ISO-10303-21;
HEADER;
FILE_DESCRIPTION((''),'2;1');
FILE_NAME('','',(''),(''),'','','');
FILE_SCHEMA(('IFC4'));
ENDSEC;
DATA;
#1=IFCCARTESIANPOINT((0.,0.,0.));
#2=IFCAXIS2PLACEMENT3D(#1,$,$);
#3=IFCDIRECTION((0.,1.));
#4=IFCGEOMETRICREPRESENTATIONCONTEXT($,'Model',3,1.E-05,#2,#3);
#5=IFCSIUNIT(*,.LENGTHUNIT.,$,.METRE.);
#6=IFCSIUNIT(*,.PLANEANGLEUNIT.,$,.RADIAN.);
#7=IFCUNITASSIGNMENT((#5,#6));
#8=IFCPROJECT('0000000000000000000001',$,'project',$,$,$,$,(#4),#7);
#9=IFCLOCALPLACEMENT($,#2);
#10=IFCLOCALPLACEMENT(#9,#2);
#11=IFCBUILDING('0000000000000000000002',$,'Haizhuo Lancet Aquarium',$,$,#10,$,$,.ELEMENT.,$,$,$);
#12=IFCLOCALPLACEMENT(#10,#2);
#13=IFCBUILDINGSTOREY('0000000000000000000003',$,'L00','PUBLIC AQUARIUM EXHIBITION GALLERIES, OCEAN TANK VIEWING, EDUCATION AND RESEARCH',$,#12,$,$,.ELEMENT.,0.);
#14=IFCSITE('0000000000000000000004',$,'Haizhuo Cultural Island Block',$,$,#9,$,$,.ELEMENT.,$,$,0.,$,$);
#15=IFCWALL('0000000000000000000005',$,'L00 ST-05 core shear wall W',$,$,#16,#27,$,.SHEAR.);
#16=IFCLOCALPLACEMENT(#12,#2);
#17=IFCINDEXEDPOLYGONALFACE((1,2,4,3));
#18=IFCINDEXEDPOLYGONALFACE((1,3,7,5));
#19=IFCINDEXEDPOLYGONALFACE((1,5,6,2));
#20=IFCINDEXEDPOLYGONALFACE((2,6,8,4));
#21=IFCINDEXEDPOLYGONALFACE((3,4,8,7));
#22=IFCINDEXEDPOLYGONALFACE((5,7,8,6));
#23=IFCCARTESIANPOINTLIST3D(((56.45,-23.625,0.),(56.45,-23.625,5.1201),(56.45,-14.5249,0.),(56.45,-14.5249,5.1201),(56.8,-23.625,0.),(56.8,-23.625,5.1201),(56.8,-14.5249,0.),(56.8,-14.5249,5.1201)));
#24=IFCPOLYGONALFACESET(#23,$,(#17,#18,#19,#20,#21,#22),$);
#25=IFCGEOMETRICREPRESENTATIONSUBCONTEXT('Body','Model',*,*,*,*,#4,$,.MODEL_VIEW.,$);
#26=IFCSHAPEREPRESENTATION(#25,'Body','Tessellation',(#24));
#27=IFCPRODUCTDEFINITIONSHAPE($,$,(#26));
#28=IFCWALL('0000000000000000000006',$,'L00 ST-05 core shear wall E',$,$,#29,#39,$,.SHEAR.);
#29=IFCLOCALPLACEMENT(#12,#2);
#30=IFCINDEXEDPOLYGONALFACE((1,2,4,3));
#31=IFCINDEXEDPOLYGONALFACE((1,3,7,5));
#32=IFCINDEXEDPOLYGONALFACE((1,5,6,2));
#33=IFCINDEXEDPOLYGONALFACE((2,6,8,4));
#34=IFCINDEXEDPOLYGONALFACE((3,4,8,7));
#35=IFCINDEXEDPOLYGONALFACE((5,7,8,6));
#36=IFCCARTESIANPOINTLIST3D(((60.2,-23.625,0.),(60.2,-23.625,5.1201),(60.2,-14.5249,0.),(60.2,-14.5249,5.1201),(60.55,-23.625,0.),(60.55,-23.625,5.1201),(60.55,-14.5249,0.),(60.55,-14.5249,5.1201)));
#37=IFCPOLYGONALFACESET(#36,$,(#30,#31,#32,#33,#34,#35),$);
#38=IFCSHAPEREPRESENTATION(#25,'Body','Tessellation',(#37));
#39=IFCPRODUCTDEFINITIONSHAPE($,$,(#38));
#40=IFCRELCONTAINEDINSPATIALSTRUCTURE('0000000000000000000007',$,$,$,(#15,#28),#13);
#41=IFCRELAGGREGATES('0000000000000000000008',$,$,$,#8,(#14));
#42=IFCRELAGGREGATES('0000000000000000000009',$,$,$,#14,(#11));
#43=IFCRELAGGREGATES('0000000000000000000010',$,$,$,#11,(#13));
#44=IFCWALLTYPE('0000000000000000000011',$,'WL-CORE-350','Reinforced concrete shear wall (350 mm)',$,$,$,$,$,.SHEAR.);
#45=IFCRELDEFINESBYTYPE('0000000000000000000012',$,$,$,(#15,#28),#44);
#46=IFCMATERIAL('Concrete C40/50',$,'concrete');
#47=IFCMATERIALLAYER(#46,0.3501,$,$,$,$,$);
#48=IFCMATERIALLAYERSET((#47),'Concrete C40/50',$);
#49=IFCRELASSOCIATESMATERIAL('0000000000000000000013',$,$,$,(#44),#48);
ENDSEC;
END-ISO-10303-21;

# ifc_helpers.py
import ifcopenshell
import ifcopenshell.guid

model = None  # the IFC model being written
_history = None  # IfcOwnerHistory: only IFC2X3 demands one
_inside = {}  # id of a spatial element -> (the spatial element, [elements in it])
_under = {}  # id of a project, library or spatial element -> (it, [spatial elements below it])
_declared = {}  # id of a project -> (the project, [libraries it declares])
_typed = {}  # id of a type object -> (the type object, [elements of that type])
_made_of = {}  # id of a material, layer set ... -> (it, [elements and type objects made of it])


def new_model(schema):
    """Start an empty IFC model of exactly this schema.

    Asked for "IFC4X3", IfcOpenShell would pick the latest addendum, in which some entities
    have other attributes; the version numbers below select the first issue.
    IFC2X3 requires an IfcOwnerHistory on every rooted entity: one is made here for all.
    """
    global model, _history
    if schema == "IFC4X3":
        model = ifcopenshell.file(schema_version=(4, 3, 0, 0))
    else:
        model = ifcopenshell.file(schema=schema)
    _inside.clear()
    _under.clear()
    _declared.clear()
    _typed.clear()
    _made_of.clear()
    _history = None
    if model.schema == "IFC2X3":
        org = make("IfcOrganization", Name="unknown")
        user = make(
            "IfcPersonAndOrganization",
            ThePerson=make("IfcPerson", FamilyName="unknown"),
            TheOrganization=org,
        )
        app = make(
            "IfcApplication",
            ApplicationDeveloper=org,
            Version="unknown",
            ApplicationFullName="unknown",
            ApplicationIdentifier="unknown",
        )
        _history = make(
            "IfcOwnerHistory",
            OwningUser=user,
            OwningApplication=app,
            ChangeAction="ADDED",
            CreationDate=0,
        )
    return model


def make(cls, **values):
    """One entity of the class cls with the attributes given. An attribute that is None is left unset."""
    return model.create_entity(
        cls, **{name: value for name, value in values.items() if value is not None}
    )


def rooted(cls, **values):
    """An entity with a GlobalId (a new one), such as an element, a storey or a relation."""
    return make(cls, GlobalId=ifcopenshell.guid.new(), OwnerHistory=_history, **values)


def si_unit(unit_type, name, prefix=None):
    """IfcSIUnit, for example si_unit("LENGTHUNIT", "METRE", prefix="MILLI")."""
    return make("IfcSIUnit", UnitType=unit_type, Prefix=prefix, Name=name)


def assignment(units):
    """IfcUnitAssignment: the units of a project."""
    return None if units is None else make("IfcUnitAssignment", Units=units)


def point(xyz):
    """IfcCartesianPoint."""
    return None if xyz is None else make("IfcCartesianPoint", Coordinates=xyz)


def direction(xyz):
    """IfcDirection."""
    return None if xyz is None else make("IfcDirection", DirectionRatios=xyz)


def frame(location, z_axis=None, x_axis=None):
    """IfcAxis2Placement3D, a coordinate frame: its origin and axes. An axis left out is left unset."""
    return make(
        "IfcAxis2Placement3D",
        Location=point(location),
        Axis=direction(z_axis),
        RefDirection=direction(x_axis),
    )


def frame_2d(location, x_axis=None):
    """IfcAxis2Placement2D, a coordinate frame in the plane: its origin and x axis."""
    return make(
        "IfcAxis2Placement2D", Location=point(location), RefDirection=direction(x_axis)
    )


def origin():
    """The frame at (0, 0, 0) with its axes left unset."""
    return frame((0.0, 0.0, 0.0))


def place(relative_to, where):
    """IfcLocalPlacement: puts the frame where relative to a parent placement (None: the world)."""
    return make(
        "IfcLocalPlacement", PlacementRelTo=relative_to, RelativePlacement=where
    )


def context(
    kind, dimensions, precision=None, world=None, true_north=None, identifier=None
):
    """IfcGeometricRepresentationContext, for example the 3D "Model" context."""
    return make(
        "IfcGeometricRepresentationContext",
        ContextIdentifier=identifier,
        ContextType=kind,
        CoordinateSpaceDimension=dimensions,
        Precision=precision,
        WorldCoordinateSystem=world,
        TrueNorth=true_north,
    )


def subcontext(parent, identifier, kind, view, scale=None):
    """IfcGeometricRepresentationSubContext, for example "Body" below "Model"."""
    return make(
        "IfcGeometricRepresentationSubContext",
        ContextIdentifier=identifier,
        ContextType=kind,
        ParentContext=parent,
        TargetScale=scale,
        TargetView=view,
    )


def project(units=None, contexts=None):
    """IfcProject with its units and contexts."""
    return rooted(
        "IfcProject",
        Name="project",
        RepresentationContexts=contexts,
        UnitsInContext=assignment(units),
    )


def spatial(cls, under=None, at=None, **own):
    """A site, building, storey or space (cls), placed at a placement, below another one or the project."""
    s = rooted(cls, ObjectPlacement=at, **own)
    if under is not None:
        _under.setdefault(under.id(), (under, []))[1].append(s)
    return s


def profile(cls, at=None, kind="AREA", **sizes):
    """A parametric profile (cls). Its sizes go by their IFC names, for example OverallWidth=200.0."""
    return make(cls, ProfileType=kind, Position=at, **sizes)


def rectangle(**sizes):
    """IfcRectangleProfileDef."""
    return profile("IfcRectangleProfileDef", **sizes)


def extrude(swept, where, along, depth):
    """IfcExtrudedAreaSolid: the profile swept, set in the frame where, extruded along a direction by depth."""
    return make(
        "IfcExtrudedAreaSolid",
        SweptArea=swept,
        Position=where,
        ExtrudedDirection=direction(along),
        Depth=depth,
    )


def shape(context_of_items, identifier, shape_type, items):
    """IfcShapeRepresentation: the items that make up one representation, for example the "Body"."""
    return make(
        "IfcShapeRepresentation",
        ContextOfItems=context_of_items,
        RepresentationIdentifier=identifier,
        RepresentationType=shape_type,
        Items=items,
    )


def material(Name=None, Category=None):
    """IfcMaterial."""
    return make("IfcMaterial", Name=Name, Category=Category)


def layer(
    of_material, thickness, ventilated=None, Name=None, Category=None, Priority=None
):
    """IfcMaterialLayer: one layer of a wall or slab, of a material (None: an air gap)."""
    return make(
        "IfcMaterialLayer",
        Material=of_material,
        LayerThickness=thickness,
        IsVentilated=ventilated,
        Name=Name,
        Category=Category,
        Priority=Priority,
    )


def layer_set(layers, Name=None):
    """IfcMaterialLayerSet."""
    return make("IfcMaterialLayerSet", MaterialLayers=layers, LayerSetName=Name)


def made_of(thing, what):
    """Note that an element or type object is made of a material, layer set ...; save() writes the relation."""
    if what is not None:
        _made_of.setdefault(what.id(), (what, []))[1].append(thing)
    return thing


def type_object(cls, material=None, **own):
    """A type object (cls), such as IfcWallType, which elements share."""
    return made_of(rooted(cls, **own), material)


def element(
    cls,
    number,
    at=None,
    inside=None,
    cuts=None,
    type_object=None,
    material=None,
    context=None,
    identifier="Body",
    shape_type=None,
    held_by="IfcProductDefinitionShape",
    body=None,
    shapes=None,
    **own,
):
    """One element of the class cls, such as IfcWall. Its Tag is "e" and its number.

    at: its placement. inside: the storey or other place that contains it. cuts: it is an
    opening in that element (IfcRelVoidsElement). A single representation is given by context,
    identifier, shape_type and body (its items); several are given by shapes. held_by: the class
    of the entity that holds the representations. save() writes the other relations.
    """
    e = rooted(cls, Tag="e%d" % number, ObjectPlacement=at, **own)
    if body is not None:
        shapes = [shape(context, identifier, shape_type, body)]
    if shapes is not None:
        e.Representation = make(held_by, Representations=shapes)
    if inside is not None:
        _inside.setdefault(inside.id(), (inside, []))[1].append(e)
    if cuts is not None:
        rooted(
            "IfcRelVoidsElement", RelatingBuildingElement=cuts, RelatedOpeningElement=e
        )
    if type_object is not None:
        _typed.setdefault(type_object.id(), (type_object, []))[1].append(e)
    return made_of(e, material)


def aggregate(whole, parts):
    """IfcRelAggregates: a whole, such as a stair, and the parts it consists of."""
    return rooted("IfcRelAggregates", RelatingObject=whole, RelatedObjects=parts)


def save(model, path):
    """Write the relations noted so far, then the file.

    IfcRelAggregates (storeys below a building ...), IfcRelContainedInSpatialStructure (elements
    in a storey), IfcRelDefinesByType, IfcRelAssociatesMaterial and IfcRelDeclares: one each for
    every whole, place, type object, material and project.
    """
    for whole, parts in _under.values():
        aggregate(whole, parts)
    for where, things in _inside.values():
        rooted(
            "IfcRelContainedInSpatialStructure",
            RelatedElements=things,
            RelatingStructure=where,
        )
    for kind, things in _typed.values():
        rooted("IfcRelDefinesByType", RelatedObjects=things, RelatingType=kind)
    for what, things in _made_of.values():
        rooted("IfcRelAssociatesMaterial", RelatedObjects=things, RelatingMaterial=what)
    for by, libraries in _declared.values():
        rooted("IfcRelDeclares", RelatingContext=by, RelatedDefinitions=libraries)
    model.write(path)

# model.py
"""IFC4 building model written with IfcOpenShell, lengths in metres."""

from ifc_helpers import new_model, si_unit, direction, frame, frame_2d, origin, place, context, subcontext, project, spatial, rectangle, extrude, material, layer, layer_set, type_object, element, save


model = new_model("IFC4")

# Units and contexts
model_context = context("Model", 3, precision=1e-05, world=origin(), true_north=direction((0.0, 1.0)))
body_context = subcontext(model_context, "Body", "Model", "MODEL_VIEW")
ifc_project = project(units=[si_unit("LENGTHUNIT", "METRE"), si_unit("PLANEANGLEUNIT", "RADIAN")], contexts=[model_context])

# Site, building, storey
site_placement = place(None, origin())
site = spatial("IfcSite", under=ifc_project, at=site_placement, Name="Haizhuo Cultural Island Block", CompositionType="ELEMENT", RefElevation=0.0)
building_placement = place(site_placement, origin())
building = spatial("IfcBuilding", under=site, at=building_placement, Name="Haizhuo Lancet Aquarium", CompositionType="ELEMENT")
storey_placement = place(building_placement, origin())
storey = spatial("IfcBuildingStorey", under=building, at=storey_placement, Name="L00", Description="PUBLIC AQUARIUM EXHIBITION GALLERIES, OCEAN TANK VIEWING, EDUCATION AND RESEARCH", CompositionType="ELEMENT", Elevation=0.0)

# Shared definitions
ifc_material_1 = material(Name="Concrete C40/50", Category="concrete")

# Shared definitions
ifc_layer_1 = layer(ifc_material_1, 0.3501)
ifc_layer_set_1 = layer_set([ifc_layer_1], Name="Concrete C40/50")
wall_type_1 = type_object("IfcWallType", Name="WL-CORE-350", Description="Reinforced concrete shear wall (350 mm)", PredefinedType="SHEAR", material=ifc_layer_set_1)

# Walls
for number, where, z_axis, x_axis, name in (
    (1, (56.625, -23.625, 0.0), (0.0, 0.0, 1.0), (0.0, 1.0, 0.0), "L00 ST-05 core shear wall W"),
    (2, (60.375, -23.625, 0.0), (0.0, 0.0, 1.0), (0.0, 1.0, 0.0), "L00 ST-05 core shear wall E"),
):
    element("IfcWall", number, at=place(storey_placement, frame(where, z_axis=z_axis, x_axis=x_axis)), inside=storey, type_object=wall_type_1, Name=name, PredefinedType="SHEAR", context=body_context, shape_type="SweptSolid", body=[
        extrude(rectangle(XDim=9.1001, YDim=0.3501, at=frame_2d((4.55, 0.0))), origin(), (0.0, 0.0, 1.0), 5.1201),
    ])

save(model, "model.ifc")
